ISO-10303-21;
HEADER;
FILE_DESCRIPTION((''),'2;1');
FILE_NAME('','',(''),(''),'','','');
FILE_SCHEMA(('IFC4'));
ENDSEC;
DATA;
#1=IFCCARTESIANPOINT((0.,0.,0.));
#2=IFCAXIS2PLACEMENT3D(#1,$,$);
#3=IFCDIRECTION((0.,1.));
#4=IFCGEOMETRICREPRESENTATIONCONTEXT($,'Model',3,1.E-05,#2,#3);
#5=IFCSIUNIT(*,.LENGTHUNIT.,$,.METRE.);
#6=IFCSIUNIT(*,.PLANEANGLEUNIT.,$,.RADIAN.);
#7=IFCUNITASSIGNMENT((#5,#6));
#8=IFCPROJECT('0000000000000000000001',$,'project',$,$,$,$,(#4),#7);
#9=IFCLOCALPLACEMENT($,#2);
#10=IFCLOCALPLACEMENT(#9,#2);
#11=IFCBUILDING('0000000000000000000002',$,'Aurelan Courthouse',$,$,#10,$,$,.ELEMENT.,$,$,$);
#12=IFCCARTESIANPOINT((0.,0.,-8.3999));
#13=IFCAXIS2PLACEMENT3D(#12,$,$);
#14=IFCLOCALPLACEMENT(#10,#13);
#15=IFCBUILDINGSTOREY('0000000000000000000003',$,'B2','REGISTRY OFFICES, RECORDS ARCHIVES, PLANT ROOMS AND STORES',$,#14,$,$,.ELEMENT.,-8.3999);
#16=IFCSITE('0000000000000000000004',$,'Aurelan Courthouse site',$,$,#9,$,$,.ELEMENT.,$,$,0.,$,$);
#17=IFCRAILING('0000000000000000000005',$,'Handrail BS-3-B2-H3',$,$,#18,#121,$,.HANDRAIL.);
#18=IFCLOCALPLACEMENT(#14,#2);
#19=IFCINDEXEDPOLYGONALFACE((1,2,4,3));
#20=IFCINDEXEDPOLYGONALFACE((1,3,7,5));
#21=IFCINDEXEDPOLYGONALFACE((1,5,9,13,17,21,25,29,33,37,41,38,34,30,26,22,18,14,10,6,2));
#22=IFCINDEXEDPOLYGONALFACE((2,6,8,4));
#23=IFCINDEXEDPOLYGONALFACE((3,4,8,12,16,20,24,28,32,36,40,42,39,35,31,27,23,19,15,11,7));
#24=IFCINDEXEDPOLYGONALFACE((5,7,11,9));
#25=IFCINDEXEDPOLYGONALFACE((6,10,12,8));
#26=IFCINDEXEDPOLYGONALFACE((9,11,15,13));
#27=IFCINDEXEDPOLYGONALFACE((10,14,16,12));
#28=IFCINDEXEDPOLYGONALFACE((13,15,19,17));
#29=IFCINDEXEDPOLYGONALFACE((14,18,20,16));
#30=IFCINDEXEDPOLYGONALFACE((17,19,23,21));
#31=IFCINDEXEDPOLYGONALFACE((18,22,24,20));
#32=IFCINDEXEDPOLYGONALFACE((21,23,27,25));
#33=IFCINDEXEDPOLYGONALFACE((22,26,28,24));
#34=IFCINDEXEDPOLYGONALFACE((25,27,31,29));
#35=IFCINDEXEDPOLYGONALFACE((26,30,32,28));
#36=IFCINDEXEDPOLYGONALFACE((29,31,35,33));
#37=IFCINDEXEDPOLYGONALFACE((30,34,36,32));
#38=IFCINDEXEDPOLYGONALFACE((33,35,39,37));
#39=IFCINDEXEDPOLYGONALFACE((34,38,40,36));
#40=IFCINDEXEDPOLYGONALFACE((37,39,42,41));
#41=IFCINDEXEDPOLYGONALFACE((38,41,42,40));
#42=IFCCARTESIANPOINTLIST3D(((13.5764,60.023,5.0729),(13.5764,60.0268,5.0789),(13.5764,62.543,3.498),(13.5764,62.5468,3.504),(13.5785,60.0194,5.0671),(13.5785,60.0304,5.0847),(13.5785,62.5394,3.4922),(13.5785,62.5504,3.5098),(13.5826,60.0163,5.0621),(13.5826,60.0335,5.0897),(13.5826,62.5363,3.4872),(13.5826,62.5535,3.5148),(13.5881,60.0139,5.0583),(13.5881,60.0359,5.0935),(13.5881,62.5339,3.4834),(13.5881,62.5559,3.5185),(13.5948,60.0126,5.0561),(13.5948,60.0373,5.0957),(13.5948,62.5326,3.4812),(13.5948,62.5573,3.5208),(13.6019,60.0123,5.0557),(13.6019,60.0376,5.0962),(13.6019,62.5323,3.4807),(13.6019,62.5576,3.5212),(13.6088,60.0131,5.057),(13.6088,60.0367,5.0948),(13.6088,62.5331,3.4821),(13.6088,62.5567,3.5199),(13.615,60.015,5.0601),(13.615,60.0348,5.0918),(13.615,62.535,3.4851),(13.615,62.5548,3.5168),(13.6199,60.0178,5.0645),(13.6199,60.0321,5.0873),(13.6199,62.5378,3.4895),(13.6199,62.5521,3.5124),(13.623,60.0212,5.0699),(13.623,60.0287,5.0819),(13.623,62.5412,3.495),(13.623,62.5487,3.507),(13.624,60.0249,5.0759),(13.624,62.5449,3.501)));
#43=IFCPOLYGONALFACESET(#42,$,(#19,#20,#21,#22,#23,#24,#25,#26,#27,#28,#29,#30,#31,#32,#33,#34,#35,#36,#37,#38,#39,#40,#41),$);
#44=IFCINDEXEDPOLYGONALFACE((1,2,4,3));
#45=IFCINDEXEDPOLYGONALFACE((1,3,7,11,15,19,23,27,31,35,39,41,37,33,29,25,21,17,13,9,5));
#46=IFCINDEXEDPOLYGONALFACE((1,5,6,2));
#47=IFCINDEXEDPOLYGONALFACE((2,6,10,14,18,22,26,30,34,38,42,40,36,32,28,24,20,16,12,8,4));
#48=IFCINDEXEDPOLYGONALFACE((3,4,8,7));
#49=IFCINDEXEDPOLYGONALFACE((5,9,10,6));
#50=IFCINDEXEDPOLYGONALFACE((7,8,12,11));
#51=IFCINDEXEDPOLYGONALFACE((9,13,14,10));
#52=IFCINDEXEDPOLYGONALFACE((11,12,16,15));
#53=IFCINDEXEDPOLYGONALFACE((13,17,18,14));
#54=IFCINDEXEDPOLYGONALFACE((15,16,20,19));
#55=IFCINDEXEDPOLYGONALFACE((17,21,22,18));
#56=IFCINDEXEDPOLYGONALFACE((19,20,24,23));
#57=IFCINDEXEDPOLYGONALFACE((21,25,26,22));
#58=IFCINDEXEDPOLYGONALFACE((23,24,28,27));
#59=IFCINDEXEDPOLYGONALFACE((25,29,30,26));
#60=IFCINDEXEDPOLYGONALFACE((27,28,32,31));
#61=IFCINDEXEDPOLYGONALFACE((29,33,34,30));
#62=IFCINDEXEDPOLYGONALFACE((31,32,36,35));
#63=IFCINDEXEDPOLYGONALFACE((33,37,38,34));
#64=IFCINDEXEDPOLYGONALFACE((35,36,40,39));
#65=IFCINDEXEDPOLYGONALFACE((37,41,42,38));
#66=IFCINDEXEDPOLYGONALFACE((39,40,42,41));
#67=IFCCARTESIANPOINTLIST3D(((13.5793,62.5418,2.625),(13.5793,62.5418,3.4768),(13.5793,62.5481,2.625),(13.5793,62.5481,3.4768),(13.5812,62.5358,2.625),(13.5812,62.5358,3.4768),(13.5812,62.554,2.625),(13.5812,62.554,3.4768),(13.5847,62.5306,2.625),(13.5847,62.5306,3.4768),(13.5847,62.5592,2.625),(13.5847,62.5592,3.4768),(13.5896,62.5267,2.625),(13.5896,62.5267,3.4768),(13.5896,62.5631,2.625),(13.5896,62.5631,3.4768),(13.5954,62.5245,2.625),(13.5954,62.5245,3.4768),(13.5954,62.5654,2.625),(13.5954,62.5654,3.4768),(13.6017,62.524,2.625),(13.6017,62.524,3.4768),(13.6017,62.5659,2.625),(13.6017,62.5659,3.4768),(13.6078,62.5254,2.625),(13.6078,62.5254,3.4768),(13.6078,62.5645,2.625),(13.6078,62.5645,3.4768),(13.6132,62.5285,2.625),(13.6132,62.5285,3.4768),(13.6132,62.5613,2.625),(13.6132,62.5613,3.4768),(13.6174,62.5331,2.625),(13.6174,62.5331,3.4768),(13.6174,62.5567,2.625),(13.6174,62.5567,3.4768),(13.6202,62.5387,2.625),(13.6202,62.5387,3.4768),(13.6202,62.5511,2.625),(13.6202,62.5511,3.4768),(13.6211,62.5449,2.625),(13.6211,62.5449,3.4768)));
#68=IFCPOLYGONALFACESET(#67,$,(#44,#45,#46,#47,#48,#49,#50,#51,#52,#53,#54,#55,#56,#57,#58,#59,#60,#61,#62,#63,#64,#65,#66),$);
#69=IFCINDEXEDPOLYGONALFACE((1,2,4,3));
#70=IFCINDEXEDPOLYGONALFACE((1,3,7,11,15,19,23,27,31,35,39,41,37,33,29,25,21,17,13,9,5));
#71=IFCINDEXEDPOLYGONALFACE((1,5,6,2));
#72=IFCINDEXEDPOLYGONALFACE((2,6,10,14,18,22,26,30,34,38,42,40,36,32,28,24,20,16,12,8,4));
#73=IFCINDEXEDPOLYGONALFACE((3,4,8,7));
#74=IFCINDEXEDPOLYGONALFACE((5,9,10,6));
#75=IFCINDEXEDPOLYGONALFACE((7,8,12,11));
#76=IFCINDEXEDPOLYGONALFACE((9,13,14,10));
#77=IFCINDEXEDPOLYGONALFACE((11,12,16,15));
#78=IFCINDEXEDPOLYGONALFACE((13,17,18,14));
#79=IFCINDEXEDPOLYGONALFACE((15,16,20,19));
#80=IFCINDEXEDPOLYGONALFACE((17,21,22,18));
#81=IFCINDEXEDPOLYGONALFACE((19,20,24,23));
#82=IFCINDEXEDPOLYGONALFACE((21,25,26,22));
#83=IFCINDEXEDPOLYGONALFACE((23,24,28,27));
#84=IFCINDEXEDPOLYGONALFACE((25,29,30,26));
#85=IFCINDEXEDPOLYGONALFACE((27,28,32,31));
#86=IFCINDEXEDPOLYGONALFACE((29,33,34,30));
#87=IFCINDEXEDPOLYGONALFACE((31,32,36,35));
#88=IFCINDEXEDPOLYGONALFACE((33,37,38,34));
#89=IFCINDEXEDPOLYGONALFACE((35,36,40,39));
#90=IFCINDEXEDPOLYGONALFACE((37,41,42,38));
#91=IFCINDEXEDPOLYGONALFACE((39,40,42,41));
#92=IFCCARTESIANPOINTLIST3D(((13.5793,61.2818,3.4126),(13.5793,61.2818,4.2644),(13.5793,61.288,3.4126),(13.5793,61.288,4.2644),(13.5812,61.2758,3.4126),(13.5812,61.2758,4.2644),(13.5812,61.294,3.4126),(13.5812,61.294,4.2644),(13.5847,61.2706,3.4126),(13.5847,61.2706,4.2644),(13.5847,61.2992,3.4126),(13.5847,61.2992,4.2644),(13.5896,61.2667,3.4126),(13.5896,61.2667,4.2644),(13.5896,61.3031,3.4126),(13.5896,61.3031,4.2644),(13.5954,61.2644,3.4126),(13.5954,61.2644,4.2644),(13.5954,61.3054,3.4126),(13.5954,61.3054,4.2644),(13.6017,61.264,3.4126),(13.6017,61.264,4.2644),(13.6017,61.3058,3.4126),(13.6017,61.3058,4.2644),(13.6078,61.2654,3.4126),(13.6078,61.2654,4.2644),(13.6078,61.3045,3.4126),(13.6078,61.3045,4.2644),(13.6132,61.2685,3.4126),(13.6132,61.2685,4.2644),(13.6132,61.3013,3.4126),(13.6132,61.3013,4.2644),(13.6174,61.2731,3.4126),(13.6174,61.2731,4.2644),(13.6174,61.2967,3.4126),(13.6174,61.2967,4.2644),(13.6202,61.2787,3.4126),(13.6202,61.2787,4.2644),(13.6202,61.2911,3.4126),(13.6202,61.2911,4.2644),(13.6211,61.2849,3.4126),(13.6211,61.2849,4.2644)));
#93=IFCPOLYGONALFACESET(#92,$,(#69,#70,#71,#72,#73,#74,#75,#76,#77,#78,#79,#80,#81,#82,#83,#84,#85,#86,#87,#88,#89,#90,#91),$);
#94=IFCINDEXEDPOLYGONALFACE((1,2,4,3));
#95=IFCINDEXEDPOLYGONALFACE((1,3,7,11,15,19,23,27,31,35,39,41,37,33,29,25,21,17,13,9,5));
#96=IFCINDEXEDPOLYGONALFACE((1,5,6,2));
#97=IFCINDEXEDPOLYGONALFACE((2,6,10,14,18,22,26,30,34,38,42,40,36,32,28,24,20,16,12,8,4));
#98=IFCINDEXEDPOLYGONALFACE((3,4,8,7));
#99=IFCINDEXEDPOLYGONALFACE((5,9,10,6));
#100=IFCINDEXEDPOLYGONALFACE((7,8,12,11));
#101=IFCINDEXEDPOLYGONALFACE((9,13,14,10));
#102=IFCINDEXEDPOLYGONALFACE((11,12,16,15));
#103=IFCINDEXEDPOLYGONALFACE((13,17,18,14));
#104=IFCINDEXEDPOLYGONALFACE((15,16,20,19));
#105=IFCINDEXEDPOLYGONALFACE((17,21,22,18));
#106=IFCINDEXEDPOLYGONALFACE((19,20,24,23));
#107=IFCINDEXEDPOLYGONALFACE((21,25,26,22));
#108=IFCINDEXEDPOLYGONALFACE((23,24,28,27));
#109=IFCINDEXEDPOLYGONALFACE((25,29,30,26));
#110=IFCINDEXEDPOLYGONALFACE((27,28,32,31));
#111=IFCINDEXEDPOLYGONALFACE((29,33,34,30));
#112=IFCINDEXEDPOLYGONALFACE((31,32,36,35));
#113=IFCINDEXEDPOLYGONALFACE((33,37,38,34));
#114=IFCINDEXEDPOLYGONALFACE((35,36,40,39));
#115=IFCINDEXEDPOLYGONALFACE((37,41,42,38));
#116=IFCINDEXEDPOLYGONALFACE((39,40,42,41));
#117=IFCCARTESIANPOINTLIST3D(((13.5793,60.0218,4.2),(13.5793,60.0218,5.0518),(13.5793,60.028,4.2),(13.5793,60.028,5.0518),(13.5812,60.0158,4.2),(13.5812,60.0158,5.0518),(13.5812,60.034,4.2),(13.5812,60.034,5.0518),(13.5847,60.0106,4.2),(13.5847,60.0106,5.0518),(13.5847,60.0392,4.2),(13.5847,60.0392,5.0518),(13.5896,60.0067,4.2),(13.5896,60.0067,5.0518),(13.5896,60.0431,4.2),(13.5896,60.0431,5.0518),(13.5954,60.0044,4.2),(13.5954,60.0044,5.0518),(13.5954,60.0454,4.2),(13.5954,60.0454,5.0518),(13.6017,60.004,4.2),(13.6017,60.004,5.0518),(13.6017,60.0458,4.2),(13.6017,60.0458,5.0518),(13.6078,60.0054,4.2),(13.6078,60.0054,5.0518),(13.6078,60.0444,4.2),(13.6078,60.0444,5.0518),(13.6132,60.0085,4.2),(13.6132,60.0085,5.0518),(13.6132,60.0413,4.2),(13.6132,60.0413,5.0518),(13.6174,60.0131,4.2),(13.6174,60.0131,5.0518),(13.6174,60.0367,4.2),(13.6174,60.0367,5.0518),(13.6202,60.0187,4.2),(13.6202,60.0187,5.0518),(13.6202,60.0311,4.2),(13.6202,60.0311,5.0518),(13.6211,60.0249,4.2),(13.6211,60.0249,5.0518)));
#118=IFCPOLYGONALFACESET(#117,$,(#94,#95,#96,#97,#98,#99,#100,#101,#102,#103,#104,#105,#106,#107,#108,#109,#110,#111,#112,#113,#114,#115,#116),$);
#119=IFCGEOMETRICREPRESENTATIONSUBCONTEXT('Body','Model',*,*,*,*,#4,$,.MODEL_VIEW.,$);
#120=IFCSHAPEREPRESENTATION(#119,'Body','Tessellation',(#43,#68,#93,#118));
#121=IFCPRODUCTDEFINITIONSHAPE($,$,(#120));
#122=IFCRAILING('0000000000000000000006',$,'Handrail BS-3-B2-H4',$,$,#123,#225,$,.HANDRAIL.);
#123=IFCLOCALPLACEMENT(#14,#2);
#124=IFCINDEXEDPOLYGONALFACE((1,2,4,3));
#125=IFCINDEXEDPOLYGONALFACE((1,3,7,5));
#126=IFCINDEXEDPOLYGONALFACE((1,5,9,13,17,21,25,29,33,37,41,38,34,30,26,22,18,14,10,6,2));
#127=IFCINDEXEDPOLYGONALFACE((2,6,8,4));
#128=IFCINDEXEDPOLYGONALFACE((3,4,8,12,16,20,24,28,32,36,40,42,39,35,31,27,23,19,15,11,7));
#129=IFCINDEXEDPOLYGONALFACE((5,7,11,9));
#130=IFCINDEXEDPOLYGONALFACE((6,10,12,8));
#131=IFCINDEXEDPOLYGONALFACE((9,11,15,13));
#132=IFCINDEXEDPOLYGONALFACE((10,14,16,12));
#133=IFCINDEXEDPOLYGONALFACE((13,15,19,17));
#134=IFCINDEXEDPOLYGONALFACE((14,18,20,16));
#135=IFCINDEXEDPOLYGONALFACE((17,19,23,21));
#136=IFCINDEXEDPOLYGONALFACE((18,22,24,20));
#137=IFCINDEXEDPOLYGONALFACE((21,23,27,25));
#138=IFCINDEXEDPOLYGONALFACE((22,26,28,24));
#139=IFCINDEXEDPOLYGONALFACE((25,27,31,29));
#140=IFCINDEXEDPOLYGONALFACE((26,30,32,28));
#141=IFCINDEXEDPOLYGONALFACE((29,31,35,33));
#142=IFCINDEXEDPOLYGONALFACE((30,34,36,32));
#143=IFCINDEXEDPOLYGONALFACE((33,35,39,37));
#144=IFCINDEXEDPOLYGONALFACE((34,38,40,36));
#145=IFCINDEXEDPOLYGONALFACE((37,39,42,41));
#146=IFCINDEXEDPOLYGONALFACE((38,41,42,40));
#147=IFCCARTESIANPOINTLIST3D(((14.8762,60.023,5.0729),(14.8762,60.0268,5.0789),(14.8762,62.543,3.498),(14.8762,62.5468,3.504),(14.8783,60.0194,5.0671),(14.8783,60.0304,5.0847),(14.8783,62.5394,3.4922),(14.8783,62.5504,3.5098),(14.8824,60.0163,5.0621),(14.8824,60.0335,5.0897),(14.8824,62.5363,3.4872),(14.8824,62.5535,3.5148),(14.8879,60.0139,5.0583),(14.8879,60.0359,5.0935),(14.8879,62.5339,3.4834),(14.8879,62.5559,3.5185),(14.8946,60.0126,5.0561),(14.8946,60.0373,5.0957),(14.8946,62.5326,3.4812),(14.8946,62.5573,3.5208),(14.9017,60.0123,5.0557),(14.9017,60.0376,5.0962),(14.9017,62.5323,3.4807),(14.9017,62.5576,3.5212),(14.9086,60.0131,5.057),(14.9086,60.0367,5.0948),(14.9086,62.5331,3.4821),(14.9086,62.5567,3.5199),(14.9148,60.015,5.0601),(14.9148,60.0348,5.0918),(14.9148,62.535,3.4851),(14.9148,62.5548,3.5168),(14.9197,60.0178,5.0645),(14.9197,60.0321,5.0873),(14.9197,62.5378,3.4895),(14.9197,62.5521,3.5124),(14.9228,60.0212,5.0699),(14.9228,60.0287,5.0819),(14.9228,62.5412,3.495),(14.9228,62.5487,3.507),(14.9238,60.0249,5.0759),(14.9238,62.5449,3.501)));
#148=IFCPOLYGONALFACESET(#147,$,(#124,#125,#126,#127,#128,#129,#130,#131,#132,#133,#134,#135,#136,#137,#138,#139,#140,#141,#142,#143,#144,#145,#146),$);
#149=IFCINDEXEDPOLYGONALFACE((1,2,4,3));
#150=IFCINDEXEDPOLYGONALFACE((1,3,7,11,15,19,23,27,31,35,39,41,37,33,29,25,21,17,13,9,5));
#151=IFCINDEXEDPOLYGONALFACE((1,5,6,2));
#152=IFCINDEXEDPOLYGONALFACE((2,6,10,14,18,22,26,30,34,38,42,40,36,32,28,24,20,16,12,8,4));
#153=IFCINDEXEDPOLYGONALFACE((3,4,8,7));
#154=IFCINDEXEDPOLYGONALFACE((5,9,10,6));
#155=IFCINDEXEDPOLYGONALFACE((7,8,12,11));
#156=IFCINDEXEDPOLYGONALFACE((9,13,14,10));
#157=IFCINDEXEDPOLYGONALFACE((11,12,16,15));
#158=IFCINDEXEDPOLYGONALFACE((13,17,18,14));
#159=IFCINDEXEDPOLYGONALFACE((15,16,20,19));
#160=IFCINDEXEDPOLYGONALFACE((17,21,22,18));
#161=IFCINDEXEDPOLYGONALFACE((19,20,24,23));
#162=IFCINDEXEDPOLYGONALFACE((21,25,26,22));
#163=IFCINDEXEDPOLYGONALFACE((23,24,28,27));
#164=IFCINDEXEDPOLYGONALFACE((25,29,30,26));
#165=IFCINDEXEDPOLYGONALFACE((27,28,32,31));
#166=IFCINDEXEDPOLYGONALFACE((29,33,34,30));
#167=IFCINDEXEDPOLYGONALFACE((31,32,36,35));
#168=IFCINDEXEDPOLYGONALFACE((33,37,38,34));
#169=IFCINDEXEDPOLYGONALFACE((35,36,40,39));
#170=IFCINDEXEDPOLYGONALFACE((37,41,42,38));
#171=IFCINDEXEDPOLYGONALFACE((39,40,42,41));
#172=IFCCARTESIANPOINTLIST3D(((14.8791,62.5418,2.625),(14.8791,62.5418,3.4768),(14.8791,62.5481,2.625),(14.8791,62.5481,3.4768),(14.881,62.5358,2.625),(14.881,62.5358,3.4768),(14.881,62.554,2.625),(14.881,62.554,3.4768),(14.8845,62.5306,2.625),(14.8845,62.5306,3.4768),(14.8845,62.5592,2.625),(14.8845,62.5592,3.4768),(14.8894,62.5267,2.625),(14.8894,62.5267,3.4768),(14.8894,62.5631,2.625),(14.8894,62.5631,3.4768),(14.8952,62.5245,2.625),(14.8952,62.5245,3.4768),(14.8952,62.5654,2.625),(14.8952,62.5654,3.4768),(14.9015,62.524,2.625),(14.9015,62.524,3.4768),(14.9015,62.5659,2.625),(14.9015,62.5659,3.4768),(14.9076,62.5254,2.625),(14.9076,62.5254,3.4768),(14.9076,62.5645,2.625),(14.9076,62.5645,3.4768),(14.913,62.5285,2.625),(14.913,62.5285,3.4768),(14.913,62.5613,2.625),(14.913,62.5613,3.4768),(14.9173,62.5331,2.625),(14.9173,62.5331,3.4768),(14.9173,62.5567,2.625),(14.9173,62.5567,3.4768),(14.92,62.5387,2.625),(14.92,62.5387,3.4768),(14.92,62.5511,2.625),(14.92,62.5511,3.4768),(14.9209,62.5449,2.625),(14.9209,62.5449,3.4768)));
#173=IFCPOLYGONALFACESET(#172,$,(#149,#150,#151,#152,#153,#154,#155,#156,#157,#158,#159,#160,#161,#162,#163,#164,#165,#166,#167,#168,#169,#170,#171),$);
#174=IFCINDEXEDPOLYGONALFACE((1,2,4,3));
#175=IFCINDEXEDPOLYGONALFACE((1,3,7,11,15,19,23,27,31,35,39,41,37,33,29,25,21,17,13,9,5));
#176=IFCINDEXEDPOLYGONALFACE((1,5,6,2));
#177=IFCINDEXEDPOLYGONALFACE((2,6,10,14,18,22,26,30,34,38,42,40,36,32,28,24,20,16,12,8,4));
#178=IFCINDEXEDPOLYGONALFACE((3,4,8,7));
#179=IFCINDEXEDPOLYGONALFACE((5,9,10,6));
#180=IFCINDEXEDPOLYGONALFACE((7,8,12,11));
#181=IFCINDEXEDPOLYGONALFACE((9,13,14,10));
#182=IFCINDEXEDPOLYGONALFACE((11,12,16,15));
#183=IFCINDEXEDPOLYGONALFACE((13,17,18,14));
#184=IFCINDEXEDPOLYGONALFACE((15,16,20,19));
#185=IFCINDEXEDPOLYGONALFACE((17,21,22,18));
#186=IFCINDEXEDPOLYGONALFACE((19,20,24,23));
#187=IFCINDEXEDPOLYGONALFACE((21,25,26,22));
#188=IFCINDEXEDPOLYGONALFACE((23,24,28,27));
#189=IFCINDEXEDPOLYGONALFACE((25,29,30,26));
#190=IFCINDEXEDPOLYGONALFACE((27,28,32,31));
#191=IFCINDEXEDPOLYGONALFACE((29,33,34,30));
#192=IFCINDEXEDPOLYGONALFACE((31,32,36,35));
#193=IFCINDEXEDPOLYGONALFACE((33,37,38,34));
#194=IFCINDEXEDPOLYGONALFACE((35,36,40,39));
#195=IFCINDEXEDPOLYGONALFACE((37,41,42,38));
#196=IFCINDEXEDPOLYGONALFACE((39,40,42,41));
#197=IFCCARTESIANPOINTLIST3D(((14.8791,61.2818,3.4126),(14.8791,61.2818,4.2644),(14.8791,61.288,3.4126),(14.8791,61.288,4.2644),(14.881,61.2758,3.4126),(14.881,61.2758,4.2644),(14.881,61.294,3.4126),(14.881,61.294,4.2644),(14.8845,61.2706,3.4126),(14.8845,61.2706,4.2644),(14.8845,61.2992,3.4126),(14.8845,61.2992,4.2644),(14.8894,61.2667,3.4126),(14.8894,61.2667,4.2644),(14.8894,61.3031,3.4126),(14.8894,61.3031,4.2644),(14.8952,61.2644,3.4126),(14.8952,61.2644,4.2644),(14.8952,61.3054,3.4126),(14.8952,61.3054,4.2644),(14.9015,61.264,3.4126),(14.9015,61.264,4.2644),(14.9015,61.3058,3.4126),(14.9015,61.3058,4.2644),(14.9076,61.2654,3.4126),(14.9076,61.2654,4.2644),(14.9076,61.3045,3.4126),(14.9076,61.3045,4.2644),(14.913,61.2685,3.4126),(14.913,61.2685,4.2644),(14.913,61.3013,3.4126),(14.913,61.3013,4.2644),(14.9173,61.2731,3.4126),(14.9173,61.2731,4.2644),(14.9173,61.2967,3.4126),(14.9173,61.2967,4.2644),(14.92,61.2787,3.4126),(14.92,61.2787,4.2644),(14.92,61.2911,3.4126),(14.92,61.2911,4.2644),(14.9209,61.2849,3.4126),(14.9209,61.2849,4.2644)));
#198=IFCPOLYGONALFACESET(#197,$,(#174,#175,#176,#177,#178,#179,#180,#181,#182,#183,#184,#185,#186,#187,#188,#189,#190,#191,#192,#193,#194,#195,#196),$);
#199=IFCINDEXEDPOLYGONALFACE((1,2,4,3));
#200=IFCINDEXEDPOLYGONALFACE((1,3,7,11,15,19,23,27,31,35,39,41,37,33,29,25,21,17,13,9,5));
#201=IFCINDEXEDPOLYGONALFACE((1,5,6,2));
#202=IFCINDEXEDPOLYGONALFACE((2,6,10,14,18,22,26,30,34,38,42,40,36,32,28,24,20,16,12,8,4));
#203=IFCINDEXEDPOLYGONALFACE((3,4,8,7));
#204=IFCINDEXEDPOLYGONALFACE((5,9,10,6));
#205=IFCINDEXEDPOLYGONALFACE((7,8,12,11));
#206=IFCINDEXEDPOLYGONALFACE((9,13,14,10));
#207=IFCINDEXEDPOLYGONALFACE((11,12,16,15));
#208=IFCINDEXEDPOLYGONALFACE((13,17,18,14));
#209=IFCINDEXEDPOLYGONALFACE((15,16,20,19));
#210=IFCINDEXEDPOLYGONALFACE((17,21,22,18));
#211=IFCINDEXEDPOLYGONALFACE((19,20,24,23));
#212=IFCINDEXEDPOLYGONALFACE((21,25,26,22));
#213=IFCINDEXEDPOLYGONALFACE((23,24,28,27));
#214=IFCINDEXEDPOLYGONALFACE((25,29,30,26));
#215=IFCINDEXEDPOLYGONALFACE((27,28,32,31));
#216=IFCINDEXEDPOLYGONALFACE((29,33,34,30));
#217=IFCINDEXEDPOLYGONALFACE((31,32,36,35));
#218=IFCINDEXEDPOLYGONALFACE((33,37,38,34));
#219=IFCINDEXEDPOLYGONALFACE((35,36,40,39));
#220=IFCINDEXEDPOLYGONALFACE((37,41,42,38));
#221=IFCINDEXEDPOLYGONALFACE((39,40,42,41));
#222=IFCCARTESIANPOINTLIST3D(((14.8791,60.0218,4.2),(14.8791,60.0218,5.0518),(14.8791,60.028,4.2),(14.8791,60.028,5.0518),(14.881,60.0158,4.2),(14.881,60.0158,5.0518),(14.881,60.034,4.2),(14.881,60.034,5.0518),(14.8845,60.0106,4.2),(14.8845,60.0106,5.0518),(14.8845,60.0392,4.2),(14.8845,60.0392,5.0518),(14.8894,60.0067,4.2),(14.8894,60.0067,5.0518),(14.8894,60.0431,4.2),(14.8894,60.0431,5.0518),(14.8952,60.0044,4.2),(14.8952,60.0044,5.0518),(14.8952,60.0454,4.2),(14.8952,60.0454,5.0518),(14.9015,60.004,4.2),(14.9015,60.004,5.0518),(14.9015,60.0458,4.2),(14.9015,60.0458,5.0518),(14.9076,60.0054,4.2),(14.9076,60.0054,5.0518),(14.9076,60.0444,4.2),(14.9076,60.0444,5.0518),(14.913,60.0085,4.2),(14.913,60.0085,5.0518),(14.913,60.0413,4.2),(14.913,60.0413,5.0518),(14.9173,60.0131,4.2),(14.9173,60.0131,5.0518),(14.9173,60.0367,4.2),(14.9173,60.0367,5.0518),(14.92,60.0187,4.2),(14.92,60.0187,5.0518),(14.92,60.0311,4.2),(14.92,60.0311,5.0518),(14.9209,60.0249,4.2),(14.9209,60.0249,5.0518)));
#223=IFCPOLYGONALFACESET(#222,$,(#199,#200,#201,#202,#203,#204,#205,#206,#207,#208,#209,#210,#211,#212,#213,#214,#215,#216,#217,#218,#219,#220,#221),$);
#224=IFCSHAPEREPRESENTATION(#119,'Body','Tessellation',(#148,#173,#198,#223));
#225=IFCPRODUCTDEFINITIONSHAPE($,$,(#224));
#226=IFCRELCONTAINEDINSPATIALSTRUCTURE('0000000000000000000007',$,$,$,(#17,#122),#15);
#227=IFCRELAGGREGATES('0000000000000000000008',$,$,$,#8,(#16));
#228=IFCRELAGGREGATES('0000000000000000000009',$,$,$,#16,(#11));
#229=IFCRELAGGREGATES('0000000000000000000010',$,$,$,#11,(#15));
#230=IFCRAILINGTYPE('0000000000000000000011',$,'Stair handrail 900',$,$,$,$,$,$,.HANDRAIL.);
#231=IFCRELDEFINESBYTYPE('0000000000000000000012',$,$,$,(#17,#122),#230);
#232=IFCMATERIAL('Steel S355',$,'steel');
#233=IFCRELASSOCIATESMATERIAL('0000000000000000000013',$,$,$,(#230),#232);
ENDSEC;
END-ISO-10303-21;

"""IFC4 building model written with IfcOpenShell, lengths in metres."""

from ifc_helpers import new_model, si_unit, direction, frame, origin, origin_2d, place, context, subcontext, project, spatial, circle, extrude, material, type_object, element, save


model = new_model("IFC4")

# Units and contexts
model_context = context("Model", 3, precision=1e-05, world=origin(), true_north=direction((0.0, 1.0)))
body_context = subcontext(model_context, "Body", "Model", "MODEL_VIEW")
ifc_project = project(units=[si_unit("LENGTHUNIT", "METRE"), si_unit("PLANEANGLEUNIT", "RADIAN")], contexts=[model_context])

# Site, building, storey
site_placement = place(None, origin())
site = spatial("IfcSite", under=ifc_project, at=site_placement, Name="Aurelan Courthouse site", CompositionType="ELEMENT", RefElevation=0.0)
building_placement = place(site_placement, origin())
building = spatial("IfcBuilding", under=site, at=building_placement, Name="Aurelan Courthouse", CompositionType="ELEMENT")
storey_placement = place(building_placement, frame((0.0, 0.0, -8.3999)))
storey = spatial("IfcBuildingStorey", under=building, at=storey_placement, Name="B2", Description="REGISTRY OFFICES, RECORDS ARCHIVES, PLANT ROOMS AND STORES", CompositionType="ELEMENT", Elevation=-8.3999)

# Railings
ifc_material_1 = material(Name="Steel S355", Category="steel")
railing_type_1 = type_object("IfcRailingType", Name="Stair handrail 900", PredefinedType="HANDRAIL", material=ifc_material_1)
for number, where, name in (
    (1, (13.6001, 62.5449, 2.625), "Handrail BS-3-B2-H3"),
    (2, (14.8999, 62.5449, 2.625), "Handrail BS-3-B2-H4"),
):
    element("IfcRailing", number, at=place(storey_placement, frame(where)), inside=storey, type_object=railing_type_1, Name=name, PredefinedType="HANDRAIL", context=body_context, shape_type="SweptSolid", body=[
        extrude(circle(Radius=0.0239, at=origin_2d()), frame((0.0, 0.0, 0.876), z_axis=(0.0, -0.848008, 0.529984), x_axis=(1.0, 0.0, 0.0)), (0.0, 0.0, 1.0), 2.9717),
        extrude(circle(Radius=0.021, at=origin_2d()), origin(), (0.0, 0.0, 1.0), 0.8518),
        extrude(circle(Radius=0.021, at=origin_2d()), frame((0.0, -1.26, 0.7876)), (0.0, 0.0, 1.0), 0.8518),
        extrude(circle(Radius=0.021, at=origin_2d()), frame((0.0, -2.52, 1.575)), (0.0, 0.0, 1.0), 0.8518),
    ])

save(model, "model.ifc")
